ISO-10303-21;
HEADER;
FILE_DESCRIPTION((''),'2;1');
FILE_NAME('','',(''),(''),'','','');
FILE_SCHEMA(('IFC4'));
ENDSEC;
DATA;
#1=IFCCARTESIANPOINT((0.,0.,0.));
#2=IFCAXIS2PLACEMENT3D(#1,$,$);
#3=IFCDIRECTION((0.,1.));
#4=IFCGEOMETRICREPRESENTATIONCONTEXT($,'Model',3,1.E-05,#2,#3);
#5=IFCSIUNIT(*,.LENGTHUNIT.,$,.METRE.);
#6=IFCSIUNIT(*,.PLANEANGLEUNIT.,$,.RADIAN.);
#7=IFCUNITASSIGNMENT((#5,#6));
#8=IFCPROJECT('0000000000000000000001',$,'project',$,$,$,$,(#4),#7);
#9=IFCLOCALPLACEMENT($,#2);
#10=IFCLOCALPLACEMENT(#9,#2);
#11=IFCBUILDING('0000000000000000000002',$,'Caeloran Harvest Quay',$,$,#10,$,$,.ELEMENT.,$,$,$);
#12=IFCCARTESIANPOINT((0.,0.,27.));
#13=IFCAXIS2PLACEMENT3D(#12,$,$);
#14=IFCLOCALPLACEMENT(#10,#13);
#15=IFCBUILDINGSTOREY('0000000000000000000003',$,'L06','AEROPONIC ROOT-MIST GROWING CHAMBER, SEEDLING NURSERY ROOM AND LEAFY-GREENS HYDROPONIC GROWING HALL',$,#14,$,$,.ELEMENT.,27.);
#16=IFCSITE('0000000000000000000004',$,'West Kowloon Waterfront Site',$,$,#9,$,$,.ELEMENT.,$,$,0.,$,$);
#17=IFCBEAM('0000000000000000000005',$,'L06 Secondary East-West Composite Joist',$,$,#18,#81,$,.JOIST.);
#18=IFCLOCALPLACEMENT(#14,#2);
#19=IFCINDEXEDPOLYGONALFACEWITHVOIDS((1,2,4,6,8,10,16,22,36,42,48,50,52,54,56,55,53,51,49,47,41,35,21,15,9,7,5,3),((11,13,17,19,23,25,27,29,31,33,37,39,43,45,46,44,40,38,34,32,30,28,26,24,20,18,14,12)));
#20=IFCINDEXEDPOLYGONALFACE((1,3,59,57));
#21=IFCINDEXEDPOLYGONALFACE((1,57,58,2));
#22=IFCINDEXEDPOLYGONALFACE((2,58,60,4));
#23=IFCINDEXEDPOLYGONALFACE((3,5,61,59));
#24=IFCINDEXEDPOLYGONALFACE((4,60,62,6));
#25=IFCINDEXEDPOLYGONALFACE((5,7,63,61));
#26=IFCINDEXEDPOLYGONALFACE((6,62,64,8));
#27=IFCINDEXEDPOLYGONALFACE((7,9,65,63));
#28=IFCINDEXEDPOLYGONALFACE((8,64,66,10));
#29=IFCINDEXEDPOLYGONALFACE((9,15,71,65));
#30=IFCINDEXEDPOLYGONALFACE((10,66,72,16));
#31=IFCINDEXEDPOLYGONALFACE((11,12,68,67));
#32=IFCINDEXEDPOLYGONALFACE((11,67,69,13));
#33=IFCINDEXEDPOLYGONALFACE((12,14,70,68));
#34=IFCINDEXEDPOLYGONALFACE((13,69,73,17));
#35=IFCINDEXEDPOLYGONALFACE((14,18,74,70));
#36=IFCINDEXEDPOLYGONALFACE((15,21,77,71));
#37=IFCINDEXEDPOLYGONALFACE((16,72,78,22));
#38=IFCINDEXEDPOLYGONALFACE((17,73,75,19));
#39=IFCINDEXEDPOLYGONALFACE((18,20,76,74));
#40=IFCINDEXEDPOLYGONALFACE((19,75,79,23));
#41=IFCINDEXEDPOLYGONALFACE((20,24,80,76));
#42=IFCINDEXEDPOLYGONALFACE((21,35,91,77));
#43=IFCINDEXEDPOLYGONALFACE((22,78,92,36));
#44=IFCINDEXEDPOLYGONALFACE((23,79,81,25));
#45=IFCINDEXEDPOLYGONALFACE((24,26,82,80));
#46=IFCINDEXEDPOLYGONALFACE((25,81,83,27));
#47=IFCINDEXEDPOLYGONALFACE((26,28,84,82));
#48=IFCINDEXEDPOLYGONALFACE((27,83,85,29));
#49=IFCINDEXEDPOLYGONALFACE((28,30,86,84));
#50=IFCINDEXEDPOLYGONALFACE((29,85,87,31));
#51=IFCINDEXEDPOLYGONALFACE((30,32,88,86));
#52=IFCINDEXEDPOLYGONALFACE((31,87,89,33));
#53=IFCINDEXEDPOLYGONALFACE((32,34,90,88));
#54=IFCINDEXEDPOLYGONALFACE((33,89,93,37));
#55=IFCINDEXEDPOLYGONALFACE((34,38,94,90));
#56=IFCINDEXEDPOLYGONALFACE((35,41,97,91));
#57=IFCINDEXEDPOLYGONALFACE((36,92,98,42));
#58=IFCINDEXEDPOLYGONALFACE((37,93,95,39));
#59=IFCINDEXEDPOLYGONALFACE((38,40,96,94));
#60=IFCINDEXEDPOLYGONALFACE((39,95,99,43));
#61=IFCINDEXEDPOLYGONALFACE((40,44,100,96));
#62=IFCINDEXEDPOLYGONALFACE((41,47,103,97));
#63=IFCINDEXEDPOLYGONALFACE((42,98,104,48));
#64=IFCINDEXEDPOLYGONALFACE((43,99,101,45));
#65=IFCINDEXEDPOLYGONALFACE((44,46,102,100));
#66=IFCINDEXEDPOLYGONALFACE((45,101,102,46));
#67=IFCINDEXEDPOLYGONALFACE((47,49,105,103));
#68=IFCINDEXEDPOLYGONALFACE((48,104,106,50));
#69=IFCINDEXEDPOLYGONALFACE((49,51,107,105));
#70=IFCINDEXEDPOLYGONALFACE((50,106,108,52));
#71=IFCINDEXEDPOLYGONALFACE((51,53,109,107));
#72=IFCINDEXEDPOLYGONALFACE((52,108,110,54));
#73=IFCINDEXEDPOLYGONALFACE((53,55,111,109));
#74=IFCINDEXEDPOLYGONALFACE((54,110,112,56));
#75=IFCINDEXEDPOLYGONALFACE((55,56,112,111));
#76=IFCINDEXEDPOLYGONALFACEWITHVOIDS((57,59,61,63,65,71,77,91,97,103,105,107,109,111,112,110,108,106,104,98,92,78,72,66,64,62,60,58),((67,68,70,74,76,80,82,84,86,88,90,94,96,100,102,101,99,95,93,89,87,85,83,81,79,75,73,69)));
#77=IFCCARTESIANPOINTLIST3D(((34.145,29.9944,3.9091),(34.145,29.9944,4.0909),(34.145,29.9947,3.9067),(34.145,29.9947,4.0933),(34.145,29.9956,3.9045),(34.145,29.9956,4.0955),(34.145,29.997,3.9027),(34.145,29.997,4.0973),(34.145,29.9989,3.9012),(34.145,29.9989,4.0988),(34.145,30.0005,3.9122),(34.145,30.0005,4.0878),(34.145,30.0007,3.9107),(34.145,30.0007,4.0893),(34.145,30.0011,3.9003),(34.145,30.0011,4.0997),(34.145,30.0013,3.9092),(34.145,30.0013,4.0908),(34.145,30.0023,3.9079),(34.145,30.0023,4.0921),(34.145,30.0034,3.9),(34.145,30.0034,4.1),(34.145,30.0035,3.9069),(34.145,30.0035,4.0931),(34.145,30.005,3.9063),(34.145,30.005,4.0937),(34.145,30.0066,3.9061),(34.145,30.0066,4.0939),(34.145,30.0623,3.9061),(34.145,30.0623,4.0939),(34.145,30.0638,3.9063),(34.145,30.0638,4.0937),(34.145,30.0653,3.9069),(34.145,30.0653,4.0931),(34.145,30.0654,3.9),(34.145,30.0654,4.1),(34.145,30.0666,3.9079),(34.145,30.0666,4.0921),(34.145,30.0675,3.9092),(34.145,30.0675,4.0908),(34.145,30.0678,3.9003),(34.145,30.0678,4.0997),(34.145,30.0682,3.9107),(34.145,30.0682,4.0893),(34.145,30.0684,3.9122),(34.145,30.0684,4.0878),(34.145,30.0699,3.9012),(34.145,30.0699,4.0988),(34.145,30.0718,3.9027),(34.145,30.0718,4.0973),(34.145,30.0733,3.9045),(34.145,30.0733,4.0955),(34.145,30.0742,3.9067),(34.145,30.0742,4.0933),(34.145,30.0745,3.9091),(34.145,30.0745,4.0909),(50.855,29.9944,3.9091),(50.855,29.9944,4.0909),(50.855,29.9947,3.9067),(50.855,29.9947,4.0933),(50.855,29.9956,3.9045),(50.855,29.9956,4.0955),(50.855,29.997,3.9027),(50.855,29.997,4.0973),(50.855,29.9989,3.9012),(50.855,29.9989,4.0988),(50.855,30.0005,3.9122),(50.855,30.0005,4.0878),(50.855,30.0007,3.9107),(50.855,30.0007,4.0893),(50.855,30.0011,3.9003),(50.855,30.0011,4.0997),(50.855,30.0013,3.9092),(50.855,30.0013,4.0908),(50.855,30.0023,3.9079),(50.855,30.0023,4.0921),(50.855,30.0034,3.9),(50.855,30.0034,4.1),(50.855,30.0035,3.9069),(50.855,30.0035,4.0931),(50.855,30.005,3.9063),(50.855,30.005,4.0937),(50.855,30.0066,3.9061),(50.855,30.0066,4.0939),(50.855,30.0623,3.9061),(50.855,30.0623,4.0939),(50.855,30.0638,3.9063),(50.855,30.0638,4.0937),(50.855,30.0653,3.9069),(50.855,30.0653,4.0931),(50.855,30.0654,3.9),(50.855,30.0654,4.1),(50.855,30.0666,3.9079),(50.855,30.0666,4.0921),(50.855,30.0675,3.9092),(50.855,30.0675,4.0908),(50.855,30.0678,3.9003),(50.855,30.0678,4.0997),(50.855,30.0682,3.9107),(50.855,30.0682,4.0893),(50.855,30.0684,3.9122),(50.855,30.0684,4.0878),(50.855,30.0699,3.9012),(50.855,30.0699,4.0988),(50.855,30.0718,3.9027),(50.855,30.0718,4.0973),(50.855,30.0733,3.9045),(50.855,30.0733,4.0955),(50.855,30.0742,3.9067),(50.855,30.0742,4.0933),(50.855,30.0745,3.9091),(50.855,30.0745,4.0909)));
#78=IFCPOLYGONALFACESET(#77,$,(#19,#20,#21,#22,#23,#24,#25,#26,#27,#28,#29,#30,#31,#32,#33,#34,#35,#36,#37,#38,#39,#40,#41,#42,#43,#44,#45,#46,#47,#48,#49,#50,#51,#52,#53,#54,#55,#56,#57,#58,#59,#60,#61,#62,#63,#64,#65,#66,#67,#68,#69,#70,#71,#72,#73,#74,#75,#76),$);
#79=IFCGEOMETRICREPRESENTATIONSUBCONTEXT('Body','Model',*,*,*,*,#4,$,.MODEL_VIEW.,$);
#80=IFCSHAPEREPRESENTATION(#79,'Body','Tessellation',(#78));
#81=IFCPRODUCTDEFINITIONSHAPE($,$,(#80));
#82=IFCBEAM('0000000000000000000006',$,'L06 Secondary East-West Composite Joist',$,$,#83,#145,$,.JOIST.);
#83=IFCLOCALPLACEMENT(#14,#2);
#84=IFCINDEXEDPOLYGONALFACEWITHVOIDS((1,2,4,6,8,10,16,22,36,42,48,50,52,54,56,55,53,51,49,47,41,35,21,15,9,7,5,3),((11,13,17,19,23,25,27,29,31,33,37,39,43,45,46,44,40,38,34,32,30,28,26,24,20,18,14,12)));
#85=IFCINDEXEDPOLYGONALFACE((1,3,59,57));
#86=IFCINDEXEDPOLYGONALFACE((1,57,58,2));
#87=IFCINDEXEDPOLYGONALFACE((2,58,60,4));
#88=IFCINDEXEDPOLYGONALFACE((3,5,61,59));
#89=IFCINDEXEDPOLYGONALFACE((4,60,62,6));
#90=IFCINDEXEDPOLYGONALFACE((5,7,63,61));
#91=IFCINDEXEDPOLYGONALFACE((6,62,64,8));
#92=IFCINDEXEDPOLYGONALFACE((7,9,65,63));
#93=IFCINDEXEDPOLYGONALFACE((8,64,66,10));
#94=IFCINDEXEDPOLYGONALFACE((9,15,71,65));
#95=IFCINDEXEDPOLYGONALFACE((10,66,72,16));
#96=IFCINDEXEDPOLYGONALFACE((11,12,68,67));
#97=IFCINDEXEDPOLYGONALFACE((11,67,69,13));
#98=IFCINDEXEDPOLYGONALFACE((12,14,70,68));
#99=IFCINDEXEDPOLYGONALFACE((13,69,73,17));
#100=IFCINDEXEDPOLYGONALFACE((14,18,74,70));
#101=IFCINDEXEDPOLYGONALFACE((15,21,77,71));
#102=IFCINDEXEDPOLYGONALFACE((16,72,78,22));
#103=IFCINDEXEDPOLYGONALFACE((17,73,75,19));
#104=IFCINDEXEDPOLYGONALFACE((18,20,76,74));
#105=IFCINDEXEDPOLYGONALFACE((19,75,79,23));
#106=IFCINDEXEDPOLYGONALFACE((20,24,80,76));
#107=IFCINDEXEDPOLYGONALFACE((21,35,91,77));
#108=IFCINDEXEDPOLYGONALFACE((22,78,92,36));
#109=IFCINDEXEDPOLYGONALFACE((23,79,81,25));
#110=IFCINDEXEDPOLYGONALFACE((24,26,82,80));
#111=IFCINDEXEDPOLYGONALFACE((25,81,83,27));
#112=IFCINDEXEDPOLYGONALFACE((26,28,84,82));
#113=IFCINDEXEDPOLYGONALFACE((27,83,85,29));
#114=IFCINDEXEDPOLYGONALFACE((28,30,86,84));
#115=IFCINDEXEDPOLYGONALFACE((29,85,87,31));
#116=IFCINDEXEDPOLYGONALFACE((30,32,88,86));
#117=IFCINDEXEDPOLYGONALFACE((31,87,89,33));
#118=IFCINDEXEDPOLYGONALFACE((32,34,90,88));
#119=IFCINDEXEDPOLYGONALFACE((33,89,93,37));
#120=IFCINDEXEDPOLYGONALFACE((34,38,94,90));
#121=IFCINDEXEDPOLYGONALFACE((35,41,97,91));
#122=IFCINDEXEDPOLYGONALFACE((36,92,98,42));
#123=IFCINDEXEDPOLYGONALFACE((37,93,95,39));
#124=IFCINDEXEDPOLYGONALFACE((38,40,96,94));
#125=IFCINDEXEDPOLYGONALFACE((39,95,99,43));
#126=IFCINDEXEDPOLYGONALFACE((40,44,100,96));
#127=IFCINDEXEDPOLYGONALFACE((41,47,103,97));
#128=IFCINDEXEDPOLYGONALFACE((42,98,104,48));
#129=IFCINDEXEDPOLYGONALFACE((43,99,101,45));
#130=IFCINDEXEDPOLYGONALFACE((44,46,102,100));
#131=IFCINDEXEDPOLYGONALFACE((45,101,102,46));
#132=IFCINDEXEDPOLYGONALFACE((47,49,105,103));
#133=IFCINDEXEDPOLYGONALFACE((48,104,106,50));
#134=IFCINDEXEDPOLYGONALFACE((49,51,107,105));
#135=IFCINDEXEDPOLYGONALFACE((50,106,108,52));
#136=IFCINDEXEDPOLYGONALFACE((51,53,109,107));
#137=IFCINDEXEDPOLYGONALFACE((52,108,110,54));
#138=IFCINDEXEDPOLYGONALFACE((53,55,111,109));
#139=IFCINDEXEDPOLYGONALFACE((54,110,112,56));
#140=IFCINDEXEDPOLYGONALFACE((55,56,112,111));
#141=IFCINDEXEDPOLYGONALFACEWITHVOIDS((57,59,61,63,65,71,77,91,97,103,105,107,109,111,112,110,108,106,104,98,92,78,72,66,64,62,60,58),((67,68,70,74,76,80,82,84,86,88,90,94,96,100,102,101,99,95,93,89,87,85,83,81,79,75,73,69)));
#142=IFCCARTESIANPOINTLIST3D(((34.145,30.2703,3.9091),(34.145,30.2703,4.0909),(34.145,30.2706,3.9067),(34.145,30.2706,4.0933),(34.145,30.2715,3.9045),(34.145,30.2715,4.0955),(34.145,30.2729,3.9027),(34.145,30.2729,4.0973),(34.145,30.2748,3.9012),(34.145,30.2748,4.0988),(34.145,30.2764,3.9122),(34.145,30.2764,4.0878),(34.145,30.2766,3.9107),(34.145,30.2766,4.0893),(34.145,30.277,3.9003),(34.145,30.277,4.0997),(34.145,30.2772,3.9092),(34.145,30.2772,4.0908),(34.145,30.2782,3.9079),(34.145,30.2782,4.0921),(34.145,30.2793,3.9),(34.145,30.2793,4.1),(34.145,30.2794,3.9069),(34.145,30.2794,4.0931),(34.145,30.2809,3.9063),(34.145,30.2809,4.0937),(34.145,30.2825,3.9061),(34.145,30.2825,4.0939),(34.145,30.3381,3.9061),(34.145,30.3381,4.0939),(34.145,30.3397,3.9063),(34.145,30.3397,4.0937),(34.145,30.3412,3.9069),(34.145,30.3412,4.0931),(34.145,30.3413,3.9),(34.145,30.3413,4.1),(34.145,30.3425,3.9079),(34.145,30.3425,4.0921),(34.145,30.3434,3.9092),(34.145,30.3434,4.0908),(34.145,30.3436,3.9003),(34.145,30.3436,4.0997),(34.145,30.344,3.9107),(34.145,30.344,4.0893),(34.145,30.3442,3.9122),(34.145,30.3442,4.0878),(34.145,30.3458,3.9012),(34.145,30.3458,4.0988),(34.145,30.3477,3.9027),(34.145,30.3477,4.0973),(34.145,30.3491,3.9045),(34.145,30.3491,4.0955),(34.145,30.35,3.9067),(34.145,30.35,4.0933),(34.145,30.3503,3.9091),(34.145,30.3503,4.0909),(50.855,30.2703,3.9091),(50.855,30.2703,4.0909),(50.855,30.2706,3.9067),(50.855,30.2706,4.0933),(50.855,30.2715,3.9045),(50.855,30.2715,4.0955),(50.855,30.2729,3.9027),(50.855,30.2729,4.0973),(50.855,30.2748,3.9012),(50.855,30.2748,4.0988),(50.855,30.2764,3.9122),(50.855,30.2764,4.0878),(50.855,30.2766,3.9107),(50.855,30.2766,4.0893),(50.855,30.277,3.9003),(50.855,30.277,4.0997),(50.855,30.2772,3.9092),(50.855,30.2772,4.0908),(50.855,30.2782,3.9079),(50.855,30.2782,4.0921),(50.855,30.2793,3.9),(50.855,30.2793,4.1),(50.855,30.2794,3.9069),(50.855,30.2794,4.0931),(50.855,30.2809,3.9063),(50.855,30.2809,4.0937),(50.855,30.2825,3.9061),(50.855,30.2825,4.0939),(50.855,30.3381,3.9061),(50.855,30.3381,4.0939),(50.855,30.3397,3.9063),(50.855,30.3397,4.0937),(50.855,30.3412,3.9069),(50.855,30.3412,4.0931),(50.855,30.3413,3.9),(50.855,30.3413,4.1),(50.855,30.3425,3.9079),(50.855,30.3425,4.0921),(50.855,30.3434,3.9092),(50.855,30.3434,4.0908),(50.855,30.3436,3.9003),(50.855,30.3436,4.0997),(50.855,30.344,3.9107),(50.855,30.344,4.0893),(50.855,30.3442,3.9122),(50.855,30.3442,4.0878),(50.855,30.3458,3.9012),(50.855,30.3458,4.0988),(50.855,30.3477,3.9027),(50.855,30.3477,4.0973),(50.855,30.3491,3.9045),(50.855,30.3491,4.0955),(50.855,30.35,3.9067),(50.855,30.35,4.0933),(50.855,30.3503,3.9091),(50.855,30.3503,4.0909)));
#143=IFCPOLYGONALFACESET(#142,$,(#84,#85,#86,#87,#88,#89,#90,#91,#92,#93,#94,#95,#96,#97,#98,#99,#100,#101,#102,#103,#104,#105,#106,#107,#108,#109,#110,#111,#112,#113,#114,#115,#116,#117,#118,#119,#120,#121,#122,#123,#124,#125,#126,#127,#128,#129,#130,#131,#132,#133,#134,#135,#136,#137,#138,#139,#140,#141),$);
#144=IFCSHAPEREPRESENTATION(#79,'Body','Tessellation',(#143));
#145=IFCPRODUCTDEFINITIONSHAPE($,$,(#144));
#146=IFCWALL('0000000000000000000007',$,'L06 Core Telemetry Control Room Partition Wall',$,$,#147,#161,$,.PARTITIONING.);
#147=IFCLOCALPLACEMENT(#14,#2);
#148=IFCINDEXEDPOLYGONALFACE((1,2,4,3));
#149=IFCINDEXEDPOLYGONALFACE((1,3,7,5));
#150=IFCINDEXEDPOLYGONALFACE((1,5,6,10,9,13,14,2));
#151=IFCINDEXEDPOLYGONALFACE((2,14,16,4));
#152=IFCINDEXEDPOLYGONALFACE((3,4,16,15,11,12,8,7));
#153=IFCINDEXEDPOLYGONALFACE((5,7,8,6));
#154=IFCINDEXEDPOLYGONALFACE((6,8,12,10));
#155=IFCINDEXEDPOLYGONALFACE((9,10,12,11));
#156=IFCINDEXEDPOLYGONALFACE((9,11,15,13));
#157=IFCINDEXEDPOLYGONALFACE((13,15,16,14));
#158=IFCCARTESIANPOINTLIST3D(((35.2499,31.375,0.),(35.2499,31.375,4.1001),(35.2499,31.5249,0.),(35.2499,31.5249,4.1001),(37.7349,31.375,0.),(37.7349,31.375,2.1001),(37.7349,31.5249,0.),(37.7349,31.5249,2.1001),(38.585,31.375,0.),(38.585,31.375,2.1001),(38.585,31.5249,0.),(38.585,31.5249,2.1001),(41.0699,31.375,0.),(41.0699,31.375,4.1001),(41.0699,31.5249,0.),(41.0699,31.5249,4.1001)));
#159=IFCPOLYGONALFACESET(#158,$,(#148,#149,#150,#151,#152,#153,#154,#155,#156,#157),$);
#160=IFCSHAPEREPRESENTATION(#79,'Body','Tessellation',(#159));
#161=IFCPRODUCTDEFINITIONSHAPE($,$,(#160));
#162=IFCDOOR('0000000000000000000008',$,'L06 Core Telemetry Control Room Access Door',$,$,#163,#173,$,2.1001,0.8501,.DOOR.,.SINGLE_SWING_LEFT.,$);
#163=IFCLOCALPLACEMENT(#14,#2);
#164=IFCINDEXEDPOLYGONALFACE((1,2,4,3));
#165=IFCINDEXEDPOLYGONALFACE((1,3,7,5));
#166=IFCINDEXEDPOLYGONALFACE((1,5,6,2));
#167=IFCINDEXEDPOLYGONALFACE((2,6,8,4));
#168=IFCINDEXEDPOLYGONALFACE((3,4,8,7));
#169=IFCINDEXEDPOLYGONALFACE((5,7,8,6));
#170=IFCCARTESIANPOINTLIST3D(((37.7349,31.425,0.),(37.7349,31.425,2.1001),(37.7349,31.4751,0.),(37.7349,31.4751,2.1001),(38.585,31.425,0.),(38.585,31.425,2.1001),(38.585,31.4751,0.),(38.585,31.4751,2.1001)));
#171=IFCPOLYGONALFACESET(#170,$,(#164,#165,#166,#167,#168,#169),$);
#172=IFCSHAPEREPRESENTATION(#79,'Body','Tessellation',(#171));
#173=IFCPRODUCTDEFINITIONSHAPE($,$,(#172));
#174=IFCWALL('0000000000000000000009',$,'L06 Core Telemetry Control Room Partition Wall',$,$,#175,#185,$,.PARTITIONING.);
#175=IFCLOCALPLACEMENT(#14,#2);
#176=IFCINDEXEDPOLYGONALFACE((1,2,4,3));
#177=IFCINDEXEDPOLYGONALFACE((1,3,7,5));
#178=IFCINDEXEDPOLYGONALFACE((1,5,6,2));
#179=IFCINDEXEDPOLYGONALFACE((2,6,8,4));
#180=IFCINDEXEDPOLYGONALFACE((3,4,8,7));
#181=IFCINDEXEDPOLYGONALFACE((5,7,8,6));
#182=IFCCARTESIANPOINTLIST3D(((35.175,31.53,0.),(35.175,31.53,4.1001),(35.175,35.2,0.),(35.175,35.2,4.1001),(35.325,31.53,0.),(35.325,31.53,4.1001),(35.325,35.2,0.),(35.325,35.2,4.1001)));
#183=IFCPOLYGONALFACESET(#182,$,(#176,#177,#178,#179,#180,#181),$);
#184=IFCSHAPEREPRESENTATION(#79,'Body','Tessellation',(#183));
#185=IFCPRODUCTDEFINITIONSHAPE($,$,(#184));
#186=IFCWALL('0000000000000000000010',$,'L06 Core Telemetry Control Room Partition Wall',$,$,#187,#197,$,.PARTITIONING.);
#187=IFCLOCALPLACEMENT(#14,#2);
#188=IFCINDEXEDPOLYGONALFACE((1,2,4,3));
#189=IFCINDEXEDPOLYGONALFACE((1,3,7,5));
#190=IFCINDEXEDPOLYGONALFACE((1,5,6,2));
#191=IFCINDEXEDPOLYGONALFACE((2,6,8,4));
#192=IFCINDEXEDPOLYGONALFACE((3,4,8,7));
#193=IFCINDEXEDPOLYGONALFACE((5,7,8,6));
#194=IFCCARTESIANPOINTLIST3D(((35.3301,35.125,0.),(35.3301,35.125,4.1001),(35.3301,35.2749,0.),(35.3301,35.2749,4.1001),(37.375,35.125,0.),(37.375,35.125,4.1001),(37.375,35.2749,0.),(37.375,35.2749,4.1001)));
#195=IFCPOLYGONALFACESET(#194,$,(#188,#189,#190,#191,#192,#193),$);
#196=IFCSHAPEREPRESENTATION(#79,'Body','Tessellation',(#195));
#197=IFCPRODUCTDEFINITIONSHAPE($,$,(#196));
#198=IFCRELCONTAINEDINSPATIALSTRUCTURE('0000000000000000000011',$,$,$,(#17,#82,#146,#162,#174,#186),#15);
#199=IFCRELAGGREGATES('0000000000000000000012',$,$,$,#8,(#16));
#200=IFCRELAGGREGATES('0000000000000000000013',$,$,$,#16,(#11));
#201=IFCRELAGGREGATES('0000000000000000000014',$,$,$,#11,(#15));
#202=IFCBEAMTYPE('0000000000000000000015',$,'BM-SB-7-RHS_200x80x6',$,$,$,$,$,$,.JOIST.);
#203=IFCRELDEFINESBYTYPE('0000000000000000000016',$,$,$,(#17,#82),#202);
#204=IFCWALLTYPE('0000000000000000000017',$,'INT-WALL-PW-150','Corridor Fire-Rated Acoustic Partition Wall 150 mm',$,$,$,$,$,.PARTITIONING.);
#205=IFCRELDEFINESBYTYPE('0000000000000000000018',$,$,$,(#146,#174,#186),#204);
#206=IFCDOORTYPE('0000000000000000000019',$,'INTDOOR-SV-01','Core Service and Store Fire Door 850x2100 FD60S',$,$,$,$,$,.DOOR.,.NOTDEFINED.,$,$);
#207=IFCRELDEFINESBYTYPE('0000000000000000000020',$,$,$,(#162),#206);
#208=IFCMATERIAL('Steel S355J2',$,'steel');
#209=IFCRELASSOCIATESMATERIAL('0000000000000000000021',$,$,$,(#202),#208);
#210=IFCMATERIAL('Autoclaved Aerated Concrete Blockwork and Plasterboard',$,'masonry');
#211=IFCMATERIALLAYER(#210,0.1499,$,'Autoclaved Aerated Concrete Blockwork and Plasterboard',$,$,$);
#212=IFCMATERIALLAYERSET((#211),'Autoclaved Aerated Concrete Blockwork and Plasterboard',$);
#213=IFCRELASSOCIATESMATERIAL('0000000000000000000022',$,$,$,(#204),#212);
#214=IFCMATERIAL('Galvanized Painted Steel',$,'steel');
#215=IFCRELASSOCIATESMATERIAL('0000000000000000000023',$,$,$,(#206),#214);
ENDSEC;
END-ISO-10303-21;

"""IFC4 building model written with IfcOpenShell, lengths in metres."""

from ifc_helpers import new_model, si_unit, direction, frame, frame_2d, origin, origin_2d, place, context, subcontext, project, spatial, rectangle, hollow_rectangle, extrude, material, layer, layer_set, material_profile, profile_set, type_object, element, fill, save


model = new_model("IFC4")

# Units and contexts
model_context = context("Model", 3, precision=1e-05, world=origin(), true_north=direction((0.0, 1.0)))
body_context = subcontext(model_context, "Body", "Model", "MODEL_VIEW")
ifc_project = project(units=[si_unit("LENGTHUNIT", "METRE"), si_unit("PLANEANGLEUNIT", "RADIAN")], contexts=[model_context])

# Site, building, storey
site_placement = place(None, origin())
site = spatial("IfcSite", under=ifc_project, at=site_placement, Name="West Kowloon Waterfront Site", CompositionType="ELEMENT", RefElevation=0.0)
building_placement = place(site_placement, origin())
building = spatial("IfcBuilding", under=site, at=building_placement, Name="Caeloran Harvest Quay", CompositionType="ELEMENT")
storey_placement = place(building_placement, frame((0.0, 0.0, 27.0)))
storey = spatial("IfcBuildingStorey", under=building, at=storey_placement, Name="L06", Description="AEROPONIC ROOT-MIST GROWING CHAMBER, SEEDLING NURSERY ROOM AND LEAFY-GREENS HYDROPONIC GROWING HALL", CompositionType="ELEMENT", Elevation=27.0)

# Beams
ifc_material_1 = material(Name="Steel S355J2", Category="steel")
ifc_material_profile_1 = material_profile(ifc_material_1, hollow_rectangle(XDim=0.0801, YDim=0.2, WallThickness=0.0061, InnerFilletRadius=0.0061, OuterFilletRadius=0.009, at=origin_2d()), Name="RHS 200x80x6")
ifc_profile_set_1 = profile_set([ifc_material_profile_1], Name="Steel S355J2")
beam_type_1 = type_object("IfcBeamType", Name="BM-SB-7-RHS_200x80x6", PredefinedType="JOIST", material=ifc_profile_set_1)
for number, where, z_axis, x_axis, name in (
    (1, (34.145, 30.0344, 4.0), (1.0, 0.0, 0.0), (0.0, 1.0, 0.0), "L06 Secondary East-West Composite Joist"),
    (2, (34.145, 30.3103, 4.0), (1.0, 0.0, 0.0), (0.0, 1.0, 0.0), "L06 Secondary East-West Composite Joist"),
):
    element("IfcBeam", number, at=place(storey_placement, frame(where, z_axis=z_axis, x_axis=x_axis)), inside=storey, type_object=beam_type_1, Name=name, PredefinedType="JOIST", context=body_context, shape_type="SweptSolid", body=[
        extrude(hollow_rectangle(XDim=0.0801, YDim=0.2, WallThickness=0.0061, InnerFilletRadius=0.0061, OuterFilletRadius=0.009, at=origin_2d()), origin(), (0.0, 0.0, 1.0), 16.71),
    ])

# Wall, opening, door
ifc_material_2 = material(Name="Autoclaved Aerated Concrete Blockwork and Plasterboard", Category="masonry")
ifc_layer_1 = layer(ifc_material_2, 0.1499, Name="Autoclaved Aerated Concrete Blockwork and Plasterboard")
ifc_layer_set_1 = layer_set([ifc_layer_1], Name="Autoclaved Aerated Concrete Blockwork and Plasterboard")
wall_type_1 = type_object("IfcWallType", Name="INT-WALL-PW-150", Description="Corridor Fire-Rated Acoustic Partition Wall 150 mm", PredefinedType="PARTITIONING", material=ifc_layer_set_1)
wall_1_placement = place(storey_placement, frame((41.0701, 31.45, 0.0), z_axis=(0.0, 0.0, 1.0), x_axis=(-1.0, 0.0, 0.0)))
wall_1 = element("IfcWall", 3, at=wall_1_placement, inside=storey, type_object=wall_type_1, Name="L06 Core Telemetry Control Room Partition Wall", PredefinedType="PARTITIONING", context=body_context, shape_type="SweptSolid", body=[
    extrude(rectangle(XDim=5.8201, YDim=0.1499, at=frame_2d((2.9102, 0.0))), origin(), (0.0, 0.0, 1.0), 4.1001),
])
opening_1_placement = place(wall_1_placement, frame((2.4851, 0.0, 0.0)))
opening_1 = element("IfcOpeningElement", 4, at=opening_1_placement, cuts=wall_1, PredefinedType="OPENING", context=body_context, shape_type="SweptSolid", body=[
    extrude(rectangle(XDim=0.8501, YDim=2.1001, at=frame_2d((0.425, 1.05))), frame((0.0, 0.085, 0.0), z_axis=(0.0, -1.0, 0.0), x_axis=(1.0, 0.0, 0.0)), (0.0, 0.0, 1.0), 0.1699),
])
ifc_material_3 = material(Name="Galvanized Painted Steel", Category="steel")
door_type_1 = type_object("IfcDoorType", Name="INTDOOR-SV-01", Description="Core Service and Store Fire Door 850x2100 FD60S", OperationType="NOTDEFINED", PredefinedType="DOOR", material=ifc_material_3)
door_1_placement = place(opening_1_placement, origin())
door_1 = element("IfcDoor", 5, at=door_1_placement, inside=storey, type_object=door_type_1, Name="L06 Core Telemetry Control Room Access Door", OperationType="SINGLE_SWING_LEFT", OverallHeight=2.1001, OverallWidth=0.8501, PredefinedType="DOOR", context=body_context, shape_type="SweptSolid", body=[
    extrude(rectangle(XDim=0.8501, YDim=2.1001, at=frame_2d((0.425, 1.05))), frame((0.0, 0.0249, 0.0), z_axis=(0.0, -1.0, 0.0), x_axis=(1.0, 0.0, 0.0)), (0.0, 0.0, 1.0), 0.05),
])
fill(opening_1, door_1)

# Walls
wall_2_placement = place(storey_placement, frame((35.25, 31.53, 0.0), z_axis=(0.0, 0.0, 1.0), x_axis=(0.0, 1.0, 0.0)))
element("IfcWall", 6, at=wall_2_placement, inside=storey, type_object=wall_type_1, Name="L06 Core Telemetry Control Room Partition Wall", PredefinedType="PARTITIONING", context=body_context, shape_type="SweptSolid", body=[
    extrude(rectangle(XDim=3.6699, YDim=0.1499, at=frame_2d((1.835, 0.0))), origin(), (0.0, 0.0, 1.0), 4.1001),
])
wall_3_placement = place(storey_placement, frame((35.3301, 35.2, 0.0), z_axis=(0.0, 0.0, 1.0), x_axis=(1.0, 0.0, 0.0)))
element("IfcWall", 7, at=wall_3_placement, inside=storey, type_object=wall_type_1, Name="L06 Core Telemetry Control Room Partition Wall", PredefinedType="PARTITIONING", context=body_context, shape_type="SweptSolid", body=[
    extrude(rectangle(XDim=2.0449, YDim=0.1499, at=frame_2d((1.0225, 0.0))), origin(), (0.0, 0.0, 1.0), 4.1001),
])

save(model, "model.ifc")
